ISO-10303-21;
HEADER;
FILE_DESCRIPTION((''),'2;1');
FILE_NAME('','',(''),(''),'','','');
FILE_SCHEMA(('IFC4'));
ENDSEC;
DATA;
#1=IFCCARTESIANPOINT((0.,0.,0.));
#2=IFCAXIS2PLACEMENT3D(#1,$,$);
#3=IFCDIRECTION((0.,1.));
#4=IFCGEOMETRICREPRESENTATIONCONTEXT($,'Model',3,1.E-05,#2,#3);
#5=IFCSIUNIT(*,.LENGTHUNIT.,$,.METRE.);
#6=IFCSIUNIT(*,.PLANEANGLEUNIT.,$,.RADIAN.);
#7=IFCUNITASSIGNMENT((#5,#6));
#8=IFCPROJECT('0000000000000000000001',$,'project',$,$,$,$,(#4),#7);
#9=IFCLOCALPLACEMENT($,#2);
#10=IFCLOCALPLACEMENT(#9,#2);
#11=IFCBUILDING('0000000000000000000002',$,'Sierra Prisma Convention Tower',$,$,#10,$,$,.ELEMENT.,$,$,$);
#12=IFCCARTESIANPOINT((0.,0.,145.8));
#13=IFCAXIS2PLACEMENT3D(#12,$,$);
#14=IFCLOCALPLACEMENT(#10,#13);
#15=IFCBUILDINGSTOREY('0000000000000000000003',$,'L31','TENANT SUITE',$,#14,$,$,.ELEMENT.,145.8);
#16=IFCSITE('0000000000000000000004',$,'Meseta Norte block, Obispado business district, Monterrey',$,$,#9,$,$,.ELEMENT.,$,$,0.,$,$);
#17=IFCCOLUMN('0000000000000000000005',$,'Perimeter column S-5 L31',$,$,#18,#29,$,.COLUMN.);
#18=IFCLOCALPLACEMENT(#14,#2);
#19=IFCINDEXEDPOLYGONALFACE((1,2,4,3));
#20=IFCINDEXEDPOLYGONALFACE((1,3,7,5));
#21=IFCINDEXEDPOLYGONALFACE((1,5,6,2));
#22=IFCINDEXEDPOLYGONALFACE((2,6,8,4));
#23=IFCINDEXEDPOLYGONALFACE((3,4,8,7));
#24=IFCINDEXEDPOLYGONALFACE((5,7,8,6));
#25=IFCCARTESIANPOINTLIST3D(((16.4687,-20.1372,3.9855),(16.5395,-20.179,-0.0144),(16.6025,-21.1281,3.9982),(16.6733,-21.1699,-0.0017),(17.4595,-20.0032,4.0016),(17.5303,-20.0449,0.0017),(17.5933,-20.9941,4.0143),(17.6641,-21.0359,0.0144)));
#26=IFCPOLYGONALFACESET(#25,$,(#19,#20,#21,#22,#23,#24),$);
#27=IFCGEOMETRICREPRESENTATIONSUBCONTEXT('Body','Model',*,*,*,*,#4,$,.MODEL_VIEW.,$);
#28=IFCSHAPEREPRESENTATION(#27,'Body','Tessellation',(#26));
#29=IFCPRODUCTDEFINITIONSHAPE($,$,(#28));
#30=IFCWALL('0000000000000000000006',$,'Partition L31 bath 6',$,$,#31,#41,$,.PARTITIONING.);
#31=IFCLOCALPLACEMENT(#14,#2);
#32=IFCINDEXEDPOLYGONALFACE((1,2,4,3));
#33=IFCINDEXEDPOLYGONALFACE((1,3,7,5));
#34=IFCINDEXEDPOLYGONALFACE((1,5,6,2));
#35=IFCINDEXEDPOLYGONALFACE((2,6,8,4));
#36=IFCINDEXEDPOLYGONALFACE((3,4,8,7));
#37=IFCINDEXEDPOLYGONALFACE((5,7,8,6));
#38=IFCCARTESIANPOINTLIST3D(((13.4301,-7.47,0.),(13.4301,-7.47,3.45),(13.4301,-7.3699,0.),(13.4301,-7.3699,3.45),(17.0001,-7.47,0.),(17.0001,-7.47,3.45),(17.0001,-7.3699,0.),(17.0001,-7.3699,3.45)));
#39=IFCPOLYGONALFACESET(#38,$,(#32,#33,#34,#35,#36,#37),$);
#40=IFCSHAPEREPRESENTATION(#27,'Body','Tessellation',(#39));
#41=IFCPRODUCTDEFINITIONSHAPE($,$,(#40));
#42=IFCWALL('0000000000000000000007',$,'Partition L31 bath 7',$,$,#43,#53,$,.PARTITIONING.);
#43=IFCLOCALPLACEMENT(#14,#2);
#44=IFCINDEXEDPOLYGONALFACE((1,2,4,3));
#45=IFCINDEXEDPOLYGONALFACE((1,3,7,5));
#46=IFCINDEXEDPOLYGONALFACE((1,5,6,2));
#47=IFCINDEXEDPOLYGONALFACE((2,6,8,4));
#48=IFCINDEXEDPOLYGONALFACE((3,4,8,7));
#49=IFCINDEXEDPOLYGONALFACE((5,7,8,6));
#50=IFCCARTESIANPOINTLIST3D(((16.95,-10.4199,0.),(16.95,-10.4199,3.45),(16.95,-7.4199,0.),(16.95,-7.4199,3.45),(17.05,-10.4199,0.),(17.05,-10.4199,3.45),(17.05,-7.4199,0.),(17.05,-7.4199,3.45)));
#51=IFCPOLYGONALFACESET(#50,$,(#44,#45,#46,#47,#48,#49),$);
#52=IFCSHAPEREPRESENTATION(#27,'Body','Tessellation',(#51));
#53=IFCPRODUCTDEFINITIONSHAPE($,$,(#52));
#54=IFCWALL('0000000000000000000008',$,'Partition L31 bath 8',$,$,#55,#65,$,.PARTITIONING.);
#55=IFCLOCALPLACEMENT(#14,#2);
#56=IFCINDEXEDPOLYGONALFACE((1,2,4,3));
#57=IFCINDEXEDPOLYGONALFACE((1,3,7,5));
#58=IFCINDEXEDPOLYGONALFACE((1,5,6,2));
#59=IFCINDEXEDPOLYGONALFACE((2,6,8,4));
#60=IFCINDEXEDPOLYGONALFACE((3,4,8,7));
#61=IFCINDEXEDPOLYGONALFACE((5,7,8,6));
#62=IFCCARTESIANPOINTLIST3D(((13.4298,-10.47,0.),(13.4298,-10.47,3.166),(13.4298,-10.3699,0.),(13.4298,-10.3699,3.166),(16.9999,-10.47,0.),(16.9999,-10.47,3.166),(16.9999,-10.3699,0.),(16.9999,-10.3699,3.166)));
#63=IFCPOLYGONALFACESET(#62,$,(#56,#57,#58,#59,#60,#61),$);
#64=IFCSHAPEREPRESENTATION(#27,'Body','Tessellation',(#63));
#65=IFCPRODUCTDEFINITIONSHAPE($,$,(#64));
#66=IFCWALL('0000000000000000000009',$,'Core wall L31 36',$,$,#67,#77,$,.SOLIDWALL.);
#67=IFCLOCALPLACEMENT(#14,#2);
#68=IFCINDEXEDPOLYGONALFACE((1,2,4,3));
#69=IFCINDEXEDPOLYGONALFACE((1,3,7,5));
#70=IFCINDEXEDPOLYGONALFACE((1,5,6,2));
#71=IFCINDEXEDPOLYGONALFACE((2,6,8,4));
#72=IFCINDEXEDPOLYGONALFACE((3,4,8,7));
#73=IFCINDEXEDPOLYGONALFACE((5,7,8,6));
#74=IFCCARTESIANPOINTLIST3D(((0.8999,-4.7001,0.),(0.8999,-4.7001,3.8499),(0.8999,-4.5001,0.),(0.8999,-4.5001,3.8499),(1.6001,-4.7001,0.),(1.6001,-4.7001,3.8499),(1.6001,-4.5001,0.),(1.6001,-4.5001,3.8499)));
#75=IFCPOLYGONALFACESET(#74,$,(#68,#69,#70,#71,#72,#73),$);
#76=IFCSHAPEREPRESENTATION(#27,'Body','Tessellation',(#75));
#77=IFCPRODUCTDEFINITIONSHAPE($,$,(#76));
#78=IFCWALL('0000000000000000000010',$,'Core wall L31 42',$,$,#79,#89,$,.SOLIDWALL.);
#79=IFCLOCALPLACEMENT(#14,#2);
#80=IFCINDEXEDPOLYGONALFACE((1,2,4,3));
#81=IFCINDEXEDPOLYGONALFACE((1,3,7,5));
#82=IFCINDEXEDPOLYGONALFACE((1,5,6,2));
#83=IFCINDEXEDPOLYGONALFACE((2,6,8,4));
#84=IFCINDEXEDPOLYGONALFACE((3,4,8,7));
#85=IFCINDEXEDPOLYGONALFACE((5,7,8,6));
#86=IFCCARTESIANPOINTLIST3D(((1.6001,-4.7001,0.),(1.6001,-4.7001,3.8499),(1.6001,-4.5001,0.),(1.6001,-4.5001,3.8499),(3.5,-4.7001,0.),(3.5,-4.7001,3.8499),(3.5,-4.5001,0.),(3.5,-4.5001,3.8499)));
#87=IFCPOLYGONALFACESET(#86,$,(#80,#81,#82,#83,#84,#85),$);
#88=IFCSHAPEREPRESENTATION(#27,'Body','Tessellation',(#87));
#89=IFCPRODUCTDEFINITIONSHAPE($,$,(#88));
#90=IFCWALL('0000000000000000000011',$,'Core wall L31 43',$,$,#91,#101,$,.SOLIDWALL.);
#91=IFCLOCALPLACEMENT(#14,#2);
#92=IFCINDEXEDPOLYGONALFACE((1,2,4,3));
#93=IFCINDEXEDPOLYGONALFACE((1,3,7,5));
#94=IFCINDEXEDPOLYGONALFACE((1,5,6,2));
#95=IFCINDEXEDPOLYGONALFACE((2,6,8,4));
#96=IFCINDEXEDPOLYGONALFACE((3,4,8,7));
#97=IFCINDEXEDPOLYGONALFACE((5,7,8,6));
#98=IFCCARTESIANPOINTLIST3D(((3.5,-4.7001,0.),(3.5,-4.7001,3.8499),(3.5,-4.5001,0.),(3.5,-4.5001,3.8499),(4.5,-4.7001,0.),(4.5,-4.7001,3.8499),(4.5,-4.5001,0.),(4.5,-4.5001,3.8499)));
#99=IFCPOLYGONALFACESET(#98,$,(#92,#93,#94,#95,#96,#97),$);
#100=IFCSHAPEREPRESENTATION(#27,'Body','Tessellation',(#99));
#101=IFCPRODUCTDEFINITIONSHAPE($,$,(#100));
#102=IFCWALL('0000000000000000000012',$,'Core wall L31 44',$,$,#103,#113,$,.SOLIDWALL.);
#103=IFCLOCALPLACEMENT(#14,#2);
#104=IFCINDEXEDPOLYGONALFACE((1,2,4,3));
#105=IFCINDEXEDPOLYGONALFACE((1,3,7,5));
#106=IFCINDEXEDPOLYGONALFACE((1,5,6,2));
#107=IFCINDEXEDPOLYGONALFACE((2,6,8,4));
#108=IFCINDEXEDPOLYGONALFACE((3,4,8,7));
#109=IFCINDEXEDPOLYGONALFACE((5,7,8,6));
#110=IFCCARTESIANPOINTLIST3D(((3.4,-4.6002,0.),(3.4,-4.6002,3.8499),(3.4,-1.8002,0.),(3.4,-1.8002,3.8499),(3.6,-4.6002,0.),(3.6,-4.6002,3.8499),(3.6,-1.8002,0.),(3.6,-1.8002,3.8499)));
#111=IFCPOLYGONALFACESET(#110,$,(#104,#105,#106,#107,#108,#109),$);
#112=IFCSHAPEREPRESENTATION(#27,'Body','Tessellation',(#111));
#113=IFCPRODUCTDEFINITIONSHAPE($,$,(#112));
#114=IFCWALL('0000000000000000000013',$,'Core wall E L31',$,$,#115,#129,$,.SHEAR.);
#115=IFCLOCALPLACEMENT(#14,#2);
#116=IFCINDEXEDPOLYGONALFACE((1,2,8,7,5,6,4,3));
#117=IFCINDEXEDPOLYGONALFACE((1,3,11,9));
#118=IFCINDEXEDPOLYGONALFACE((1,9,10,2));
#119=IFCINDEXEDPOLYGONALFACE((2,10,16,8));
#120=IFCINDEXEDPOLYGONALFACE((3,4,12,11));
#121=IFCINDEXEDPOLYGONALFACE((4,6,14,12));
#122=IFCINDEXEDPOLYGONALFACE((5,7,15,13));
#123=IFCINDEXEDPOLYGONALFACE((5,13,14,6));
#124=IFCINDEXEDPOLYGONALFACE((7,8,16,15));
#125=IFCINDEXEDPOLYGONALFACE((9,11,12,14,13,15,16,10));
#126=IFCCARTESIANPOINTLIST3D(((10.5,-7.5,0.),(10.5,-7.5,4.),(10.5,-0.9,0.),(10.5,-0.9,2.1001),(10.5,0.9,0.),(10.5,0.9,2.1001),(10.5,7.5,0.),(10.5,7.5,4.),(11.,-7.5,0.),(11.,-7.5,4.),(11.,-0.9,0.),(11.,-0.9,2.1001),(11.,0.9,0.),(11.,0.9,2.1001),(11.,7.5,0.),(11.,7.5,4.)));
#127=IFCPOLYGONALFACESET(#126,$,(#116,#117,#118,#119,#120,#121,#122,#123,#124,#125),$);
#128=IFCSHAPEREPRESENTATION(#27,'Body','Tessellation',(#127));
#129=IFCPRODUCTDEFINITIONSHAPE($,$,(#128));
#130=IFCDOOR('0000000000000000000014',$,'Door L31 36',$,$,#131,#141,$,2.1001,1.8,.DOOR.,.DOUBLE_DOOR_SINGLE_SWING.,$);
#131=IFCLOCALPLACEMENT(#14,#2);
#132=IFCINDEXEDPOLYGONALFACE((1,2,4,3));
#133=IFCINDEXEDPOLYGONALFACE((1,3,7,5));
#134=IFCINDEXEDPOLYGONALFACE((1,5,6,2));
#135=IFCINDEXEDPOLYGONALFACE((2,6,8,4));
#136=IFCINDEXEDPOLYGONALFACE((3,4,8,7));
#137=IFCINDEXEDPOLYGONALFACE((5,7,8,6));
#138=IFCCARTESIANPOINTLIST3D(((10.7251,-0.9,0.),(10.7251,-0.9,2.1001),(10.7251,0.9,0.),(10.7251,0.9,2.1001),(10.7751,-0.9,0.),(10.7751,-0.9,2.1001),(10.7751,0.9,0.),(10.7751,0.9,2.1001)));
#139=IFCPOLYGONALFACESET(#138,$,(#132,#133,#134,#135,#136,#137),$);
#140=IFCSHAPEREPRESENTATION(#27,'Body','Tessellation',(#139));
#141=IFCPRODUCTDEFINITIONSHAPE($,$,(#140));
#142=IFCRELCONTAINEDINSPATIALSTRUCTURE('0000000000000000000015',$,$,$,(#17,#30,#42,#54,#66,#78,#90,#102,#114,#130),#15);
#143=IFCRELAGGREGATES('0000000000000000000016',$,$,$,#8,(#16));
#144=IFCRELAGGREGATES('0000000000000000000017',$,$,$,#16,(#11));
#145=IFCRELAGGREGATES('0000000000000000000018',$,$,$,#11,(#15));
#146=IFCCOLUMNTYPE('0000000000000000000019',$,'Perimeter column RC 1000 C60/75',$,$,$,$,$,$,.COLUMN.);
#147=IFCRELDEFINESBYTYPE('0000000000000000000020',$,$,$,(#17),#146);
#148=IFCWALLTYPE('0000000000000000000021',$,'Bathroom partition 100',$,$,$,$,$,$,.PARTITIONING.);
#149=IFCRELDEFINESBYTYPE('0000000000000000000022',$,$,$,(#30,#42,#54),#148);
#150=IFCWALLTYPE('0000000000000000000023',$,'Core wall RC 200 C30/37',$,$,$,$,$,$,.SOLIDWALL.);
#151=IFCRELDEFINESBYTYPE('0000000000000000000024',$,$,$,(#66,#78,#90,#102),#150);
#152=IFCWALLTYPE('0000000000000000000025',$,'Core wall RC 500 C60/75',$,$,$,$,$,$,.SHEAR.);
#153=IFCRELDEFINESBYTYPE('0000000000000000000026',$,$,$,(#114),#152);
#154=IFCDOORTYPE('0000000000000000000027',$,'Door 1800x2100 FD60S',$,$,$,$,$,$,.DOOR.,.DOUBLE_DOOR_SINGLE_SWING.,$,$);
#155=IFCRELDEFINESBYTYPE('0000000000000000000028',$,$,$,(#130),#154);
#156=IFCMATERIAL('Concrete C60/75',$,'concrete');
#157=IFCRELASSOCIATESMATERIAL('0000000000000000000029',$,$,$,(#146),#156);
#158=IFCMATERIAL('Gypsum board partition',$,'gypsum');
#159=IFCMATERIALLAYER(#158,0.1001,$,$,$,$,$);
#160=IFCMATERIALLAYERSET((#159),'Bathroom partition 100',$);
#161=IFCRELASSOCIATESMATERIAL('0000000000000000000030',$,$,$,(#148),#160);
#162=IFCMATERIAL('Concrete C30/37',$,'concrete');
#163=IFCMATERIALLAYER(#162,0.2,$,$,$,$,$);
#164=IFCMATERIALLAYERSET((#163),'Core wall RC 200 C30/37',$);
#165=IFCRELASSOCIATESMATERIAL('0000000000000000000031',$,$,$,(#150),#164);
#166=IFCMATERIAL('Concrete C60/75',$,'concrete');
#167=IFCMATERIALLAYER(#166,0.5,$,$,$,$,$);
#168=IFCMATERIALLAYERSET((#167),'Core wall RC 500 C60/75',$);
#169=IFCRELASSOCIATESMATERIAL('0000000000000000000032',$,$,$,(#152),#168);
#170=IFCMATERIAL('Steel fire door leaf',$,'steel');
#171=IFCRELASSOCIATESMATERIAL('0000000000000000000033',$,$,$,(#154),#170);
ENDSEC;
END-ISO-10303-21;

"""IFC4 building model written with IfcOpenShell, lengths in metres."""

from ifc_helpers import new_model, si_unit, direction, frame, frame_2d, origin, origin_2d, place, context, subcontext, project, spatial, rectangle, extrude, material, layer, layer_set, material_profile, profile_set, type_object, element, fill, save


model = new_model("IFC4")

# Units and contexts
model_context = context("Model", 3, precision=1e-05, world=origin(), true_north=direction((0.0, 1.0)))
body_context = subcontext(model_context, "Body", "Model", "MODEL_VIEW")
ifc_project = project(units=[si_unit("LENGTHUNIT", "METRE"), si_unit("PLANEANGLEUNIT", "RADIAN")], contexts=[model_context])

# Site, building, storey
site_placement = place(None, origin())
site = spatial("IfcSite", under=ifc_project, at=site_placement, Name="Meseta Norte block, Obispado business district, Monterrey", CompositionType="ELEMENT", RefElevation=0.0)
building_placement = place(site_placement, origin())
building = spatial("IfcBuilding", under=site, at=building_placement, Name="Sierra Prisma Convention Tower", CompositionType="ELEMENT")
storey_placement = place(building_placement, frame((0.0, 0.0, 145.8)))
storey = spatial("IfcBuildingStorey", under=building, at=storey_placement, Name="L31", Description="TENANT SUITE", CompositionType="ELEMENT", Elevation=145.8)

# Column
ifc_material_1 = material(Name="Concrete C60/75", Category="concrete")
ifc_material_profile = material_profile(ifc_material_1, rectangle(XDim=1.0, YDim=1.0, at=origin_2d()), Name="Perimeter column RC 1000 C60/75")
ifc_profile_set = profile_set([ifc_material_profile], Name="Concrete C60/75")
column_type = type_object("IfcColumnType", Name="Perimeter column RC 1000 C60/75", PredefinedType="COLUMN", material=ifc_profile_set)
column_placement = place(storey_placement, frame((17.1018, -20.6074, 0.0), z_axis=(-0.017696, 0.010435, 0.999789), x_axis=(0.990847, 0.134024, 0.016139)))
element("IfcColumn", 1, at=column_placement, inside=storey, type_object=column_type, Name="Perimeter column S-5 L31", PredefinedType="COLUMN", context=body_context, shape_type="SweptSolid", body=[
    extrude(rectangle(XDim=1.0, YDim=1.0, at=origin_2d()), origin(), (0.0, 0.0, 1.0), 4.0007),
])

# Walls
ifc_material_2 = material(Name="Gypsum board partition", Category="gypsum")
ifc_layer_1 = layer(ifc_material_2, 0.1001)
ifc_layer_set_1 = layer_set([ifc_layer_1], Name="Bathroom partition 100")
wall_type_1 = type_object("IfcWallType", Name="Bathroom partition 100", PredefinedType="PARTITIONING", material=ifc_layer_set_1)
wall_1_placement = place(storey_placement, frame((13.4299, -7.4199, 0.0), z_axis=(0.0, 0.0, 1.0), x_axis=(1.0, 0.0, 0.0)))
element("IfcWall", 2, at=wall_1_placement, inside=storey, type_object=wall_type_1, Name="Partition L31 bath 6", PredefinedType="PARTITIONING", context=body_context, shape_type="SweptSolid", body=[
    extrude(rectangle(XDim=3.5701, YDim=0.1001, at=frame_2d((1.7852, 0.0))), origin(), (0.0, 0.0, 1.0), 3.45),
])
wall_2_placement = place(storey_placement, frame((17.0, -7.4199, 0.0), z_axis=(0.0, 0.0, 1.0), x_axis=(0.0, -1.0, 0.0)))
element("IfcWall", 3, at=wall_2_placement, inside=storey, type_object=wall_type_1, Name="Partition L31 bath 7", PredefinedType="PARTITIONING", context=body_context, shape_type="SweptSolid", body=[
    extrude(rectangle(XDim=3.0, YDim=0.1001, at=frame_2d((1.5, 0.0))), origin(), (0.0, 0.0, 1.0), 3.45),
])
wall_3_placement = place(storey_placement, frame((17.0, -10.4199, 0.0), z_axis=(0.0, 0.0, 1.0), x_axis=(-1.0, 0.0, 0.0)))
element("IfcWall", 4, at=wall_3_placement, inside=storey, type_object=wall_type_1, Name="Partition L31 bath 8", PredefinedType="PARTITIONING", context=body_context, shape_type="SweptSolid", body=[
    extrude(rectangle(XDim=3.5701, YDim=0.1001, at=frame_2d((1.7852, 0.0))), origin(), (0.0, 0.0, 1.0), 3.166),
])
ifc_material_3 = material(Name="Concrete C30/37", Category="concrete")
ifc_layer_2 = layer(ifc_material_3, 0.2)
ifc_layer_set_2 = layer_set([ifc_layer_2], Name="Core wall RC 200 C30/37")
wall_type_2 = type_object("IfcWallType", Name="Core wall RC 200 C30/37", PredefinedType="SOLIDWALL", material=ifc_layer_set_2)
wall_4_placement = place(storey_placement, frame((0.8999, -4.6001, 0.0), z_axis=(0.0, 0.0, 1.0), x_axis=(1.0, 0.0, 0.0)))
element("IfcWall", 5, at=wall_4_placement, inside=storey, type_object=wall_type_2, Name="Core wall L31 36", PredefinedType="SOLIDWALL", context=body_context, shape_type="SweptSolid", body=[
    extrude(rectangle(XDim=0.7002, YDim=0.2, at=frame_2d((0.3501, 0.0))), origin(), (0.0, 0.0, 1.0), 3.8499),
])

# Walls
wall_5_placement = place(storey_placement, frame((3.5, -4.6001, 0.0), z_axis=(0.0, 0.0, 1.0), x_axis=(-1.0, 0.0, 0.0)))
element("IfcWall", 6, at=wall_5_placement, inside=storey, type_object=wall_type_2, Name="Core wall L31 42", PredefinedType="SOLIDWALL", context=body_context, shape_type="SweptSolid", body=[
    extrude(rectangle(XDim=1.8999, YDim=0.2, at=frame_2d((0.95, 0.0))), origin(), (0.0, 0.0, 1.0), 3.8499),
])
wall_6_placement = place(storey_placement, frame((4.5, -4.6001, 0.0), z_axis=(0.0, 0.0, 1.0), x_axis=(-1.0, 0.0, 0.0)))
element("IfcWall", 7, at=wall_6_placement, inside=storey, type_object=wall_type_2, Name="Core wall L31 43", PredefinedType="SOLIDWALL", context=body_context, shape_type="SweptSolid", body=[
    extrude(rectangle(XDim=1.0, YDim=0.2, at=frame_2d((0.5, 0.0))), origin(), (0.0, 0.0, 1.0), 3.8499),
])
wall_7_placement = place(storey_placement, frame((3.5, -4.6001, 0.0), z_axis=(0.0, 0.0, 1.0), x_axis=(0.0, 1.0, 0.0)))
element("IfcWall", 8, at=wall_7_placement, inside=storey, type_object=wall_type_2, Name="Core wall L31 44", PredefinedType="SOLIDWALL", context=body_context, shape_type="SweptSolid", body=[
    extrude(rectangle(XDim=2.8, YDim=0.2, at=frame_2d((1.3999, 0.0))), origin(), (0.0, 0.0, 1.0), 3.8499),
])

# Wall, opening, door
ifc_material_4 = material(Name="Concrete C60/75", Category="concrete")
ifc_layer_3 = layer(ifc_material_4, 0.5)
ifc_layer_set_3 = layer_set([ifc_layer_3], Name="Core wall RC 500 C60/75")
wall_type_3 = type_object("IfcWallType", Name="Core wall RC 500 C60/75", PredefinedType="SHEAR", material=ifc_layer_set_3)
wall_8_placement = place(storey_placement, frame((10.75, -7.5, 0.0), z_axis=(0.0, 0.0, 1.0), x_axis=(0.0, 1.0, 0.0)))
wall_8 = element("IfcWall", 9, at=wall_8_placement, inside=storey, type_object=wall_type_3, Name="Core wall E L31", PredefinedType="SHEAR", context=body_context, shape_type="SweptSolid", body=[
    extrude(rectangle(XDim=15.0, YDim=0.5, at=frame_2d((7.5, 0.0))), origin(), (0.0, 0.0, 1.0), 4.0),
])
opening_1_placement = place(wall_8_placement, frame((6.6001, 0.0, 0.0)))
opening_1 = element("IfcOpeningElement", 10, at=opening_1_placement, cuts=wall_8, PredefinedType="OPENING", context=body_context, shape_type="SweptSolid", body=[
    extrude(rectangle(XDim=1.8, YDim=2.1001, at=frame_2d((0.8999, 1.05))), frame((0.0, 0.25, 0.0), z_axis=(0.0, -1.0, 0.0), x_axis=(1.0, 0.0, 0.0)), (0.0, 0.0, 1.0), 0.5),
])
ifc_material_5 = material(Name="Steel fire door leaf", Category="steel")
door_type_1 = type_object("IfcDoorType", Name="Door 1800x2100 FD60S", OperationType="DOUBLE_DOOR_SINGLE_SWING", PredefinedType="DOOR", material=ifc_material_5)
door_1_placement = place(opening_1_placement, origin())
door_1 = element("IfcDoor", 11, at=door_1_placement, inside=storey, type_object=door_type_1, Name="Door L31 36", OperationType="DOUBLE_DOOR_SINGLE_SWING", OverallHeight=2.1001, OverallWidth=1.8, PredefinedType="DOOR", context=body_context, shape_type="SweptSolid", body=[
    extrude(rectangle(XDim=1.8, YDim=2.1001, at=frame_2d((0.8999, 1.05))), frame((0.0, 0.0249, 0.0), z_axis=(0.0, -1.0, 0.0), x_axis=(1.0, 0.0, 0.0)), (0.0, 0.0, 1.0), 0.05),
])
fill(opening_1, door_1)

save(model, "model.ifc")
